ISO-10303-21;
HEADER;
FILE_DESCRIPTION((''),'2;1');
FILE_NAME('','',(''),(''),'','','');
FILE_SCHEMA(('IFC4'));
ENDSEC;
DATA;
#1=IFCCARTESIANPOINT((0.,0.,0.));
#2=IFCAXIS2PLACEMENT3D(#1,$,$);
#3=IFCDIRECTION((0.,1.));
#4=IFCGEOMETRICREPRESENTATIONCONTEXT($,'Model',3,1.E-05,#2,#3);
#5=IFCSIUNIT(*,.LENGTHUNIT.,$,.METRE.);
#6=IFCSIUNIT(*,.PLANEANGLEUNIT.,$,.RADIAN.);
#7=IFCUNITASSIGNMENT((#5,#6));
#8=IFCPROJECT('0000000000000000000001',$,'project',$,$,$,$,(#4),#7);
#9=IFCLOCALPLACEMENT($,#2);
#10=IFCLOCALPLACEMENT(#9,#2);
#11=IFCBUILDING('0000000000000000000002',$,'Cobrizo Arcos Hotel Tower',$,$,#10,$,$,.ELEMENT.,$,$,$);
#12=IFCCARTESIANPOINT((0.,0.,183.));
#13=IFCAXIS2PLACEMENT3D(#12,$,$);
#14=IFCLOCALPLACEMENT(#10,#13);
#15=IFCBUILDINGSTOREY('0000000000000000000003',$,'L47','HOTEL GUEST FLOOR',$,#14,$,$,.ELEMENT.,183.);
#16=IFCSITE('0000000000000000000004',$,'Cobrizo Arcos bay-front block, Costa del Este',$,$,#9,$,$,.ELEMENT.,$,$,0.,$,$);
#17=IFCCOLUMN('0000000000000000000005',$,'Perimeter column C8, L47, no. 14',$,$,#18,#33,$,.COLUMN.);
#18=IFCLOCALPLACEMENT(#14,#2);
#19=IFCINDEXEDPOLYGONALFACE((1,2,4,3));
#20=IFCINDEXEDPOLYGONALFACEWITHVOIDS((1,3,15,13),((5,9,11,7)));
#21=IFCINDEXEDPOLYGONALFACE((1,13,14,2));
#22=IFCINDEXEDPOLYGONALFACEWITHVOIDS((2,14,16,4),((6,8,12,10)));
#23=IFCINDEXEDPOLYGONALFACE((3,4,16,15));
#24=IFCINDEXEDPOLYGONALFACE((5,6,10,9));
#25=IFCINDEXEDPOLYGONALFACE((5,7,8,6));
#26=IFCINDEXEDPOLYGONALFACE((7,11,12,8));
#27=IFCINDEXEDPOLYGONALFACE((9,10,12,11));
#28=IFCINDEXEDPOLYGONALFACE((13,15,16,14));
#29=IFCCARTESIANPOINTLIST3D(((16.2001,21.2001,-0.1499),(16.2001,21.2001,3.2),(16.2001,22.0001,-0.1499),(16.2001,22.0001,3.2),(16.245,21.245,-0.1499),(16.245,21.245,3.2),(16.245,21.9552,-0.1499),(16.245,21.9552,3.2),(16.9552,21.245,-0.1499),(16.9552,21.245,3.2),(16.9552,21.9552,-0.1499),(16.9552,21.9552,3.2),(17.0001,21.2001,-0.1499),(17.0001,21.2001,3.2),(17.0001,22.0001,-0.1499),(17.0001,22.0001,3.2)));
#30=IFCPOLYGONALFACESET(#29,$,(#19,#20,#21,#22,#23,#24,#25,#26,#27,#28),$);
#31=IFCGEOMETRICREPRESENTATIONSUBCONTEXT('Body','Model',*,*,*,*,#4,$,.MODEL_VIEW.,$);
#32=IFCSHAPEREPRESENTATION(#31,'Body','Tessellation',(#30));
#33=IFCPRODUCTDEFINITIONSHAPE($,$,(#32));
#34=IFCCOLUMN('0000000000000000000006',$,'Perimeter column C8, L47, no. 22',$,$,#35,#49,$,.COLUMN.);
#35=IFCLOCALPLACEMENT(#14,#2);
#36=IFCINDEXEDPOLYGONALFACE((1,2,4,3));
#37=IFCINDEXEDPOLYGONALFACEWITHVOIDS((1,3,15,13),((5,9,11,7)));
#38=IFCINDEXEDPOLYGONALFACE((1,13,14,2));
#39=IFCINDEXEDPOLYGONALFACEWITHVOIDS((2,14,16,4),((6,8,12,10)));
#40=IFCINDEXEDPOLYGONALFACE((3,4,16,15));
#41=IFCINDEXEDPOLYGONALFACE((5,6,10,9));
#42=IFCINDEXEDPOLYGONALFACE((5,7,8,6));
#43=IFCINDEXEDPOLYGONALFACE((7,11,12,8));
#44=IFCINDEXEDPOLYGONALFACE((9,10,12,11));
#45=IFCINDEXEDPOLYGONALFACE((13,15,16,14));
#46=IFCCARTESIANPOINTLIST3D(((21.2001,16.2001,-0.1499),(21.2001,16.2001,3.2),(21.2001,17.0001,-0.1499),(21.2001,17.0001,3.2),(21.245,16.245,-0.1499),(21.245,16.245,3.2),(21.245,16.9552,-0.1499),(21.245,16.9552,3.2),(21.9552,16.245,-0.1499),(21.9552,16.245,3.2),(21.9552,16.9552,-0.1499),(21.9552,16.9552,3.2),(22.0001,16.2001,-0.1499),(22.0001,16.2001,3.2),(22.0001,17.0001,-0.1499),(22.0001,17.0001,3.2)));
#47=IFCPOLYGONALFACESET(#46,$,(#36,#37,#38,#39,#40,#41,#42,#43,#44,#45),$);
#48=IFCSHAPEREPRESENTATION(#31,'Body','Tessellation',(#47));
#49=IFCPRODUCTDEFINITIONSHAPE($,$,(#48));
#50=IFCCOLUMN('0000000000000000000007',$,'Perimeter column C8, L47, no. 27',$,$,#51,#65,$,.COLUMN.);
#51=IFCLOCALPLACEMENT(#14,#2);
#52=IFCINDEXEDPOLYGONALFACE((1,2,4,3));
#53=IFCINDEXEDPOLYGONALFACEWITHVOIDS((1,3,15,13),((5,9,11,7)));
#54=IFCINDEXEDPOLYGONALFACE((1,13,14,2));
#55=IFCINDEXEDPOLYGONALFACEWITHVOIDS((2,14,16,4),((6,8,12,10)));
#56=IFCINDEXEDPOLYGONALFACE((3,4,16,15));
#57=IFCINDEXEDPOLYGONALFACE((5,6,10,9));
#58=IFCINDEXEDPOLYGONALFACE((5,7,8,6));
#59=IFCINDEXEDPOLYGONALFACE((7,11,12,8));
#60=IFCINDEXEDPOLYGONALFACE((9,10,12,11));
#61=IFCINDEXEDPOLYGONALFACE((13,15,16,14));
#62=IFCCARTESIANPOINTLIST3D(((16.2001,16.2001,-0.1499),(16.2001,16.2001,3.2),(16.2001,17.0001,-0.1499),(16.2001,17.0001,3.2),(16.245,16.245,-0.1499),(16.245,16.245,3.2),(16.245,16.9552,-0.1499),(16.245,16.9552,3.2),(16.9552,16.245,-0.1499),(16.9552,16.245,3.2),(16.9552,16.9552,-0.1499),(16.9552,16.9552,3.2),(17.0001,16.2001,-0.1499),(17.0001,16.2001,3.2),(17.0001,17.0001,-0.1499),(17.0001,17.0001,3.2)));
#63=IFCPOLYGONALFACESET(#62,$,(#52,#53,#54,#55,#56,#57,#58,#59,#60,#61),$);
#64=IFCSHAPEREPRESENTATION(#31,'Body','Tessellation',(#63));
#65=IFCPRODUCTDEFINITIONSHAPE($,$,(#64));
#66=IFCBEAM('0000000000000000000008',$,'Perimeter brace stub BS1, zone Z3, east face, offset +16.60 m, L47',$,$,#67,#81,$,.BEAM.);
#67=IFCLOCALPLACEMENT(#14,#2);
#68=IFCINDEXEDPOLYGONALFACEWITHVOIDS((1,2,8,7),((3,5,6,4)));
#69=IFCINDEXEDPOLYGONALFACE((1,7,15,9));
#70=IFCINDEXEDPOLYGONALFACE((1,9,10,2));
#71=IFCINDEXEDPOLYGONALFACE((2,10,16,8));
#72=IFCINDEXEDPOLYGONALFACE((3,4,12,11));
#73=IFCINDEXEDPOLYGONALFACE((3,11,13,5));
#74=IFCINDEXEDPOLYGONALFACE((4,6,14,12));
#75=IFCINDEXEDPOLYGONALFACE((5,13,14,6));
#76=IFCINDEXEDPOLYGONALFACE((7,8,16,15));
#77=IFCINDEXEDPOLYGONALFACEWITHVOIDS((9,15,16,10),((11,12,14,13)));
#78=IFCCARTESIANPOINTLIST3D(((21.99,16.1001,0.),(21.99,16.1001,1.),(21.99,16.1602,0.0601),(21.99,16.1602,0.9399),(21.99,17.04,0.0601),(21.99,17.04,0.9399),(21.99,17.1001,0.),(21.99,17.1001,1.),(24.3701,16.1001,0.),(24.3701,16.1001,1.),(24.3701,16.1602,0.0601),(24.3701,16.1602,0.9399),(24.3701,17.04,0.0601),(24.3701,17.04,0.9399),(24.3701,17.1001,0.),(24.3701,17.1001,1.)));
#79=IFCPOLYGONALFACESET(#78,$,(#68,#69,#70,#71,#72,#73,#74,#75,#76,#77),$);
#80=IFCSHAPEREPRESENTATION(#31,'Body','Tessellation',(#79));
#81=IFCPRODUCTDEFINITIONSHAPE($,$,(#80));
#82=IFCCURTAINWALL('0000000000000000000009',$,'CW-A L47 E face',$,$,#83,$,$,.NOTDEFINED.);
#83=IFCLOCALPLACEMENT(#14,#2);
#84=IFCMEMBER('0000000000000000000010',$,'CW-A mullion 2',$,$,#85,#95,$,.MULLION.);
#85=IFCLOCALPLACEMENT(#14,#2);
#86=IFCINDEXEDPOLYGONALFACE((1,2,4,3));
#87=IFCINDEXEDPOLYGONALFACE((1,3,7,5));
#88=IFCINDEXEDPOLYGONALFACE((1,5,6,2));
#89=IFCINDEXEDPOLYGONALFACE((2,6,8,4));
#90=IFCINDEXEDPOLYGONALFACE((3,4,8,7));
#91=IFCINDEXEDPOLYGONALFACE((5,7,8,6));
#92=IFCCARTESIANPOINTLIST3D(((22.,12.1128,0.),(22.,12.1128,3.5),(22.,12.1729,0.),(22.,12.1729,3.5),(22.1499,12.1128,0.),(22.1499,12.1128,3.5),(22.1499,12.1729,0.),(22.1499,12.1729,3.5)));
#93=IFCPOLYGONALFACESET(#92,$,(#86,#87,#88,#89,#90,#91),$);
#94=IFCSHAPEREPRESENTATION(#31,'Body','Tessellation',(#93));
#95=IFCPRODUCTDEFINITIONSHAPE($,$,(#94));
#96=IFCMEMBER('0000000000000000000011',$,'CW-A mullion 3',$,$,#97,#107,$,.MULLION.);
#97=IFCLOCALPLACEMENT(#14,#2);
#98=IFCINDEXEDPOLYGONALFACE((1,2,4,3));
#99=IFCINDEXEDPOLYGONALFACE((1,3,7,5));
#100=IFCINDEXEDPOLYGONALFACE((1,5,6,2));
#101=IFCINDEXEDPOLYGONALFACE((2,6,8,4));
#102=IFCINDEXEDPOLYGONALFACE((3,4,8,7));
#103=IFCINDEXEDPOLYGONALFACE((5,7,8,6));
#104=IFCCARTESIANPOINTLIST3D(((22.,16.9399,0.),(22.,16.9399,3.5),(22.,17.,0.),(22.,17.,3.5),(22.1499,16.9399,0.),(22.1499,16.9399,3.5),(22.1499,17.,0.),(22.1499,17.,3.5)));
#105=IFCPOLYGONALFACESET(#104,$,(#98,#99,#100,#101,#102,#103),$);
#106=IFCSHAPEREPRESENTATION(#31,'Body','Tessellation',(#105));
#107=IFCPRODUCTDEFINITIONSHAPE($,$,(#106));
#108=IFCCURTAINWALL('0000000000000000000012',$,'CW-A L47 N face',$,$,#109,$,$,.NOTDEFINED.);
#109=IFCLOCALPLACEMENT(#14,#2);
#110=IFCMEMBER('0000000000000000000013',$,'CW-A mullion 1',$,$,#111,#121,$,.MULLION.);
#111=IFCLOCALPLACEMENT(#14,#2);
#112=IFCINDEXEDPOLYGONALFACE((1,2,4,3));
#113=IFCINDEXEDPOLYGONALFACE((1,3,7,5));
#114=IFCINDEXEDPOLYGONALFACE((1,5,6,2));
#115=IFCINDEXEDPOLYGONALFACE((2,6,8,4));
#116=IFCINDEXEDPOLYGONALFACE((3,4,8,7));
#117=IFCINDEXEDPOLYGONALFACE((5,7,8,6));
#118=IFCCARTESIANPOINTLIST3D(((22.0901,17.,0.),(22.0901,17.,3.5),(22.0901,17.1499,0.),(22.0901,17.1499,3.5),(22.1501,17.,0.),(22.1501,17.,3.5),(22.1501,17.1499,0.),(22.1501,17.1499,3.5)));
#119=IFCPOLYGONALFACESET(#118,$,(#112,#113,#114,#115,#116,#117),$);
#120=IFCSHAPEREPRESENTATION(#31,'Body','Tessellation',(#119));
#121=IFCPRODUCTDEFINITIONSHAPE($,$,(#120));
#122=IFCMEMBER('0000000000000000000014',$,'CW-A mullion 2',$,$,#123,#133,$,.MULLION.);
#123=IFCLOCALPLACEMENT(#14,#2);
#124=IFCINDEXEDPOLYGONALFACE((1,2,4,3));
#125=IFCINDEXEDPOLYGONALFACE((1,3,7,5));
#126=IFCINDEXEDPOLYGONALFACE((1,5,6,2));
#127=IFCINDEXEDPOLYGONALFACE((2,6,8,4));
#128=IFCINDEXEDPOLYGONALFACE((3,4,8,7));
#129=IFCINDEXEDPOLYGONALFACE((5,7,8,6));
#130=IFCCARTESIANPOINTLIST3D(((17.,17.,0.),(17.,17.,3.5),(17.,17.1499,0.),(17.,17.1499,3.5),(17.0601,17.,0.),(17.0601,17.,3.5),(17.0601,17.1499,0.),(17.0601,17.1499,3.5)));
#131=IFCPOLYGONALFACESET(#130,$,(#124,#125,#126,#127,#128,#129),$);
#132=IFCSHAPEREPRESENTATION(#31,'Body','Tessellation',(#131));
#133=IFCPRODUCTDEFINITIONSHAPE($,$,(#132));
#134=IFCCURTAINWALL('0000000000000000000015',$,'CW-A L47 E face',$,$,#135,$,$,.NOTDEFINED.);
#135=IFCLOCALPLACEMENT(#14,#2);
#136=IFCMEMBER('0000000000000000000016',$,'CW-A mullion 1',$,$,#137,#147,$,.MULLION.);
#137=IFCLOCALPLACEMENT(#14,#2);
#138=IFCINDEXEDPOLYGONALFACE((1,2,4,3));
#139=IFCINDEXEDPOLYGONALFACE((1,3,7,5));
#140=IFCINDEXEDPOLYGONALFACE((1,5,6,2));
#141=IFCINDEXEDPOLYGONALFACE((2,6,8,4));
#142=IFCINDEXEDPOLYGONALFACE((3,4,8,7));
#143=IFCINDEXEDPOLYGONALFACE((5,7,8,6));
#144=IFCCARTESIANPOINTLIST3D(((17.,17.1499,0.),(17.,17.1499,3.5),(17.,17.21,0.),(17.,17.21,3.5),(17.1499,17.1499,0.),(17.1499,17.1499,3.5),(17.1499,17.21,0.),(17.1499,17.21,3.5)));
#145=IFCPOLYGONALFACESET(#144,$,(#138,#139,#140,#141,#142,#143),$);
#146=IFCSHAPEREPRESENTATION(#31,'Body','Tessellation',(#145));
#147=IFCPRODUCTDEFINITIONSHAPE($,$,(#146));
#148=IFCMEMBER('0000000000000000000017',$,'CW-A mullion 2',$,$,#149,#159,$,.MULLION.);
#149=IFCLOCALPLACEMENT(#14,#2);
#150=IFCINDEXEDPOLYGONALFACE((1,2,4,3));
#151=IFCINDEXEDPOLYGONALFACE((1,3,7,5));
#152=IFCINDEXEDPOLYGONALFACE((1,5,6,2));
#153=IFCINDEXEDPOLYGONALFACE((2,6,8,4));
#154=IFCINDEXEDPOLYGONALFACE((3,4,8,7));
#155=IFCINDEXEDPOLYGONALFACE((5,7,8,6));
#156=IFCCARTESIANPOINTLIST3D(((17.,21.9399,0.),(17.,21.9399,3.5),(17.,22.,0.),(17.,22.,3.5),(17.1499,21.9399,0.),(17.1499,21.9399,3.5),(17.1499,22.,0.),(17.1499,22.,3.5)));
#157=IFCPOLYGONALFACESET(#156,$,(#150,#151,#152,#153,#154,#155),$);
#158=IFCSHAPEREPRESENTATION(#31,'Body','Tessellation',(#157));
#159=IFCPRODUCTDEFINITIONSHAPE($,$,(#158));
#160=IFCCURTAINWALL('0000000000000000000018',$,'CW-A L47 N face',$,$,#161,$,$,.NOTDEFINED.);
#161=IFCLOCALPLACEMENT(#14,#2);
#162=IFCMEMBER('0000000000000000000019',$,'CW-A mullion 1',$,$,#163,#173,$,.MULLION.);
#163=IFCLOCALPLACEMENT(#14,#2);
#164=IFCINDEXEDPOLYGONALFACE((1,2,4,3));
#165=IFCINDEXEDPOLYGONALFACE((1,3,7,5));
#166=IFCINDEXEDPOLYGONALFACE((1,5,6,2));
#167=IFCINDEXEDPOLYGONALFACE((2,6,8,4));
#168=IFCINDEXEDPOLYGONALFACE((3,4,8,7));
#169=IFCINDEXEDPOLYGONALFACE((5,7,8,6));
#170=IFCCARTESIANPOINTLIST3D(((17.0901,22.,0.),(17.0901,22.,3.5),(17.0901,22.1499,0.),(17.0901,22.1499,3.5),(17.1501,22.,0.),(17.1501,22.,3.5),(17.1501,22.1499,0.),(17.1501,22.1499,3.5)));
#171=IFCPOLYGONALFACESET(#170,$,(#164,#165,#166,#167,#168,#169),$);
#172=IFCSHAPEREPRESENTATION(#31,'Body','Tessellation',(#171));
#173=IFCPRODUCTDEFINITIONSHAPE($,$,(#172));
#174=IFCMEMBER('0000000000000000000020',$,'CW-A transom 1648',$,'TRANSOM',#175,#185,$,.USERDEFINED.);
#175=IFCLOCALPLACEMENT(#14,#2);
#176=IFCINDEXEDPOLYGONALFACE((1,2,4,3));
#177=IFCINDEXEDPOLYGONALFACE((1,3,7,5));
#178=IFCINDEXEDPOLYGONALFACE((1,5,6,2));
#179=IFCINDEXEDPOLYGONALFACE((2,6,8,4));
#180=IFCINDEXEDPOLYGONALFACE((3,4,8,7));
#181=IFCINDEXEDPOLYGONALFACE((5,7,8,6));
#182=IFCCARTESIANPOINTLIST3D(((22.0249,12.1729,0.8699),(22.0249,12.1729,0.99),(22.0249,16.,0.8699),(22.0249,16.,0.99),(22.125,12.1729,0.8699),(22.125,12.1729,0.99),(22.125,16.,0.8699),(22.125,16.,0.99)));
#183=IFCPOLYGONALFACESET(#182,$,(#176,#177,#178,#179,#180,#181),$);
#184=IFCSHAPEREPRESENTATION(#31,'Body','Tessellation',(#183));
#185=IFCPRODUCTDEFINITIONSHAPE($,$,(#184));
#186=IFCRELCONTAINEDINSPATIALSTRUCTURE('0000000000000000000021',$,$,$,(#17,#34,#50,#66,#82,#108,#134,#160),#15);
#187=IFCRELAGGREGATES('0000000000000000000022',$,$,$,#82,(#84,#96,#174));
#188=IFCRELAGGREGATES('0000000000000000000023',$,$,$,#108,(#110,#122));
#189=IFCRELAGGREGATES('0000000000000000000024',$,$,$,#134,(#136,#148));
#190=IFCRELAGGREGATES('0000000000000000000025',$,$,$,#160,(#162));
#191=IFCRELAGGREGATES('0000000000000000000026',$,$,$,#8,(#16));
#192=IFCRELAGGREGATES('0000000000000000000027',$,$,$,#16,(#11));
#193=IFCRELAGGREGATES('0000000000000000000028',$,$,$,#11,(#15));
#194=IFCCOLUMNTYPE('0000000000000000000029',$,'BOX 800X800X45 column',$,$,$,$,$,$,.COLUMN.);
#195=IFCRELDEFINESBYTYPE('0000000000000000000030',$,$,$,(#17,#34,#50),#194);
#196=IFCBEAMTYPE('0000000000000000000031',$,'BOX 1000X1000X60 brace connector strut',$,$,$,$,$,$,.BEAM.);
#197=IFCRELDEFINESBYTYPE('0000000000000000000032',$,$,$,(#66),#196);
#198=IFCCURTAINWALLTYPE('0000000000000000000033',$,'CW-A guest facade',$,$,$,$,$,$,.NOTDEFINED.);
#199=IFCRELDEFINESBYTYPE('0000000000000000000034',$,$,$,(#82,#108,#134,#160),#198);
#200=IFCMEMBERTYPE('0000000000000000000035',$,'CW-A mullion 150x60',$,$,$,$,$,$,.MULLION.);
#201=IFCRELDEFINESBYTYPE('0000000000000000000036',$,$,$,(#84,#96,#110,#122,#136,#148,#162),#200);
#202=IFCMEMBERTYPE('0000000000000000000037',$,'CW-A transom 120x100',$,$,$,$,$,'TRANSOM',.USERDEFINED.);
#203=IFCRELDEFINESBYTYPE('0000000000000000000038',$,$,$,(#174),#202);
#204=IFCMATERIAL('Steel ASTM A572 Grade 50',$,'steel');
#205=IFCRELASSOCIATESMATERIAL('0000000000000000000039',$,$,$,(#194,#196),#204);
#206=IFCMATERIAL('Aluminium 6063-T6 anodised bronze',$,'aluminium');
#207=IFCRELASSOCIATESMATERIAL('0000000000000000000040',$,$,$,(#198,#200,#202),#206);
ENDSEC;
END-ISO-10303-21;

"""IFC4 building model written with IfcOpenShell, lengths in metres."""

from ifc_helpers import new_model, si_unit, direction, frame, origin, origin_2d, place, context, subcontext, project, spatial, rectangle, hollow_rectangle, extrude, material, material_profile, profile_set, type_object, element, aggregate, save


model = new_model("IFC4")

# Units and contexts
model_context = context("Model", 3, precision=1e-05, world=origin(), true_north=direction((0.0, 1.0)))
body_context = subcontext(model_context, "Body", "Model", "MODEL_VIEW")
ifc_project = project(units=[si_unit("LENGTHUNIT", "METRE"), si_unit("PLANEANGLEUNIT", "RADIAN")], contexts=[model_context])

# Site, building, storey
site_placement = place(None, origin())
site = spatial("IfcSite", under=ifc_project, at=site_placement, Name="Cobrizo Arcos bay-front block, Costa del Este", CompositionType="ELEMENT", RefElevation=0.0)
building_placement = place(site_placement, origin())
building = spatial("IfcBuilding", under=site, at=building_placement, Name="Cobrizo Arcos Hotel Tower", CompositionType="ELEMENT")
storey_placement = place(building_placement, frame((0.0, 0.0, 183.0)))
storey = spatial("IfcBuildingStorey", under=building, at=storey_placement, Name="L47", Description="HOTEL GUEST FLOOR", CompositionType="ELEMENT", Elevation=183.0)

# Columns
ifc_material_1 = material(Name="Steel ASTM A572 Grade 50", Category="steel")
ifc_material_profile_1 = material_profile(ifc_material_1, hollow_rectangle(XDim=0.8, YDim=0.8, WallThickness=0.0449, at=origin_2d()), Name="BOX 800X800X45")
ifc_profile_set_1 = profile_set([ifc_material_profile_1], Name="Steel ASTM A572 Grade 50")
column_type = type_object("IfcColumnType", Name="BOX 800X800X45 column", PredefinedType="COLUMN", material=ifc_profile_set_1)
for number, where, z_axis, x_axis, name in (
    (1, (16.6001, 21.6001, -0.1499), (0.0, 0.0, 1.0), (1.0, 0.0, 0.0), "Perimeter column C8, L47, no. 14"),
    (2, (21.6001, 16.6001, -0.1499), (0.0, 0.0, 1.0), (1.0, 0.0, 0.0), "Perimeter column C8, L47, no. 22"),
    (3, (16.6001, 16.6001, -0.1499), (0.0, 0.0, 1.0), (1.0, 0.0, 0.0), "Perimeter column C8, L47, no. 27"),
):
    element("IfcColumn", number, at=place(storey_placement, frame(where, z_axis=z_axis, x_axis=x_axis)), inside=storey, type_object=column_type, Name=name, PredefinedType="COLUMN", context=body_context, shape_type="SweptSolid", body=[
        extrude(hollow_rectangle(XDim=0.8, YDim=0.8, WallThickness=0.0449, at=origin_2d()), origin(), (0.0, 0.0, 1.0), 3.3499),
    ])

# Beam
ifc_material_profile_2 = material_profile(ifc_material_1, hollow_rectangle(XDim=1.0, YDim=1.0, WallThickness=0.0601, at=origin_2d()), Name="BOX 1000X1000X60")
ifc_profile_set_2 = profile_set([ifc_material_profile_2], Name="Steel ASTM A572 Grade 50")
beam_type_1 = type_object("IfcBeamType", Name="BOX 1000X1000X60 brace connector strut", PredefinedType="BEAM", material=ifc_profile_set_2)
beam_1_placement = place(storey_placement, frame((21.99, 16.6001, 0.5), z_axis=(1.0, 0.0, 0.0), x_axis=(0.0, 1.0, 0.0)))
element("IfcBeam", 4, at=beam_1_placement, inside=storey, type_object=beam_type_1, Name="Perimeter brace stub BS1, zone Z3, east face, offset +16.60 m, L47", PredefinedType="BEAM", context=body_context, shape_type="SweptSolid", body=[
    extrude(hollow_rectangle(XDim=1.0, YDim=1.0, WallThickness=0.0601, at=origin_2d()), origin(), (0.0, 0.0, 1.0), 2.3801),
])

# Curtain walls, members
ifc_material_2 = material(Name="Aluminium 6063-T6 anodised bronze", Category="aluminium")
curtain_wall_type = type_object("IfcCurtainWallType", Name="CW-A guest facade", PredefinedType="NOTDEFINED", material=ifc_material_2)
curtain_wall_1_placement = place(storey_placement, origin())
curtain_wall_1 = element("IfcCurtainWall", 5, at=curtain_wall_1_placement, inside=storey, type_object=curtain_wall_type, Name="CW-A L47 E face", PredefinedType="NOTDEFINED")
ifc_material_profile_3 = material_profile(ifc_material_2, rectangle(XDim=0.1499, YDim=0.0601, at=origin_2d()), Name="CW-A mullion 150x60")
ifc_profile_set_3 = profile_set([ifc_material_profile_3], Name="Aluminium 6063-T6 anodised bronze")
member_type_1 = type_object("IfcMemberType", Name="CW-A mullion 150x60", PredefinedType="MULLION", material=ifc_profile_set_3)
member_1_placement = place(storey_placement, frame((22.075, 12.1428, 0.0), z_axis=(0.0, 0.0, 1.0), x_axis=(1.0, 0.0, 0.0)))
member_1 = element("IfcMember", 6, at=member_1_placement, type_object=member_type_1, Name="CW-A mullion 2", PredefinedType="MULLION", context=body_context, shape_type="SweptSolid", body=[
    extrude(rectangle(XDim=0.1499, YDim=0.0601, at=origin_2d()), origin(), (0.0, 0.0, 1.0), 3.5),
])
member_2_placement = place(storey_placement, frame((22.075, 16.97, 0.0), z_axis=(0.0, 0.0, 1.0), x_axis=(1.0, 0.0, 0.0)))
member_2 = element("IfcMember", 7, at=member_2_placement, type_object=member_type_1, Name="CW-A mullion 3", PredefinedType="MULLION", context=body_context, shape_type="SweptSolid", body=[
    extrude(rectangle(XDim=0.1499, YDim=0.0601, at=origin_2d()), origin(), (0.0, 0.0, 1.0), 3.5),
])
curtain_wall_2_placement = place(storey_placement, origin())
curtain_wall_2 = element("IfcCurtainWall", 8, at=curtain_wall_2_placement, inside=storey, type_object=curtain_wall_type, Name="CW-A L47 N face", PredefinedType="NOTDEFINED")
member_3_placement = place(storey_placement, frame((22.1201, 17.075, 0.0), z_axis=(0.0, 0.0, 1.0), x_axis=(0.0, 1.0, 0.0)))
member_3 = element("IfcMember", 9, at=member_3_placement, type_object=member_type_1, Name="CW-A mullion 1", PredefinedType="MULLION", context=body_context, shape_type="SweptSolid", body=[
    extrude(rectangle(XDim=0.1499, YDim=0.0601, at=origin_2d()), origin(), (0.0, 0.0, 1.0), 3.5),
])
member_4_placement = place(storey_placement, frame((17.03, 17.075, 0.0), z_axis=(0.0, 0.0, 1.0), x_axis=(0.0, 1.0, 0.0)))
member_4 = element("IfcMember", 10, at=member_4_placement, type_object=member_type_1, Name="CW-A mullion 2", PredefinedType="MULLION", context=body_context, shape_type="SweptSolid", body=[
    extrude(rectangle(XDim=0.1499, YDim=0.0601, at=origin_2d()), origin(), (0.0, 0.0, 1.0), 3.5),
])
curtain_wall_3_placement = place(storey_placement, origin())
curtain_wall_3 = element("IfcCurtainWall", 11, at=curtain_wall_3_placement, inside=storey, type_object=curtain_wall_type, Name="CW-A L47 E face", PredefinedType="NOTDEFINED")
member_5_placement = place(storey_placement, frame((17.075, 17.1799, 0.0), z_axis=(0.0, 0.0, 1.0), x_axis=(1.0, 0.0, 0.0)))
member_5 = element("IfcMember", 12, at=member_5_placement, type_object=member_type_1, Name="CW-A mullion 1", PredefinedType="MULLION", context=body_context, shape_type="SweptSolid", body=[
    extrude(rectangle(XDim=0.1499, YDim=0.0601, at=origin_2d()), origin(), (0.0, 0.0, 1.0), 3.5),
])
member_6_placement = place(storey_placement, frame((17.075, 21.97, 0.0), z_axis=(0.0, 0.0, 1.0), x_axis=(1.0, 0.0, 0.0)))
member_6 = element("IfcMember", 13, at=member_6_placement, type_object=member_type_1, Name="CW-A mullion 2", PredefinedType="MULLION", context=body_context, shape_type="SweptSolid", body=[
    extrude(rectangle(XDim=0.1499, YDim=0.0601, at=origin_2d()), origin(), (0.0, 0.0, 1.0), 3.5),
])

# Curtain wall, member
curtain_wall_4_placement = place(storey_placement, origin())
curtain_wall_4 = element("IfcCurtainWall", 14, at=curtain_wall_4_placement, inside=storey, type_object=curtain_wall_type, Name="CW-A L47 N face", PredefinedType="NOTDEFINED")
member_7_placement = place(storey_placement, frame((17.1201, 22.075, 0.0), z_axis=(0.0, 0.0, 1.0), x_axis=(0.0, 1.0, 0.0)))
member_7 = element("IfcMember", 15, at=member_7_placement, type_object=member_type_1, Name="CW-A mullion 1", PredefinedType="MULLION", context=body_context, shape_type="SweptSolid", body=[
    extrude(rectangle(XDim=0.1499, YDim=0.0601, at=origin_2d()), origin(), (0.0, 0.0, 1.0), 3.5),
])

# Member
ifc_material_profile_4 = material_profile(ifc_material_2, rectangle(XDim=0.1001, YDim=0.1201, at=origin_2d()), Name="CW-A transom 120x100")
ifc_profile_set_4 = profile_set([ifc_material_profile_4], Name="Aluminium 6063-T6 anodised bronze")
member_type_2 = type_object("IfcMemberType", Name="CW-A transom 120x100", ElementType="TRANSOM", PredefinedType="USERDEFINED", material=ifc_profile_set_4)
member_8_placement = place(storey_placement, frame((22.075, 12.1729, 0.9299), z_axis=(0.0, 1.0, 0.0), x_axis=(-1.0, 0.0, 0.0)))
member_8 = element("IfcMember", 16, at=member_8_placement, type_object=member_type_2, Name="CW-A transom 1648", ObjectType="TRANSOM", PredefinedType="USERDEFINED", context=body_context, shape_type="SweptSolid", body=[
    extrude(rectangle(XDim=0.1001, YDim=0.1201, at=origin_2d()), origin(), (0.0, 0.0, 1.0), 3.8271),
])

aggregate(curtain_wall_1, [member_1, member_2, member_8])
aggregate(curtain_wall_2, [member_3, member_4])
aggregate(curtain_wall_3, [member_5, member_6])
aggregate(curtain_wall_4, [member_7])

save(model, "model.ifc")
